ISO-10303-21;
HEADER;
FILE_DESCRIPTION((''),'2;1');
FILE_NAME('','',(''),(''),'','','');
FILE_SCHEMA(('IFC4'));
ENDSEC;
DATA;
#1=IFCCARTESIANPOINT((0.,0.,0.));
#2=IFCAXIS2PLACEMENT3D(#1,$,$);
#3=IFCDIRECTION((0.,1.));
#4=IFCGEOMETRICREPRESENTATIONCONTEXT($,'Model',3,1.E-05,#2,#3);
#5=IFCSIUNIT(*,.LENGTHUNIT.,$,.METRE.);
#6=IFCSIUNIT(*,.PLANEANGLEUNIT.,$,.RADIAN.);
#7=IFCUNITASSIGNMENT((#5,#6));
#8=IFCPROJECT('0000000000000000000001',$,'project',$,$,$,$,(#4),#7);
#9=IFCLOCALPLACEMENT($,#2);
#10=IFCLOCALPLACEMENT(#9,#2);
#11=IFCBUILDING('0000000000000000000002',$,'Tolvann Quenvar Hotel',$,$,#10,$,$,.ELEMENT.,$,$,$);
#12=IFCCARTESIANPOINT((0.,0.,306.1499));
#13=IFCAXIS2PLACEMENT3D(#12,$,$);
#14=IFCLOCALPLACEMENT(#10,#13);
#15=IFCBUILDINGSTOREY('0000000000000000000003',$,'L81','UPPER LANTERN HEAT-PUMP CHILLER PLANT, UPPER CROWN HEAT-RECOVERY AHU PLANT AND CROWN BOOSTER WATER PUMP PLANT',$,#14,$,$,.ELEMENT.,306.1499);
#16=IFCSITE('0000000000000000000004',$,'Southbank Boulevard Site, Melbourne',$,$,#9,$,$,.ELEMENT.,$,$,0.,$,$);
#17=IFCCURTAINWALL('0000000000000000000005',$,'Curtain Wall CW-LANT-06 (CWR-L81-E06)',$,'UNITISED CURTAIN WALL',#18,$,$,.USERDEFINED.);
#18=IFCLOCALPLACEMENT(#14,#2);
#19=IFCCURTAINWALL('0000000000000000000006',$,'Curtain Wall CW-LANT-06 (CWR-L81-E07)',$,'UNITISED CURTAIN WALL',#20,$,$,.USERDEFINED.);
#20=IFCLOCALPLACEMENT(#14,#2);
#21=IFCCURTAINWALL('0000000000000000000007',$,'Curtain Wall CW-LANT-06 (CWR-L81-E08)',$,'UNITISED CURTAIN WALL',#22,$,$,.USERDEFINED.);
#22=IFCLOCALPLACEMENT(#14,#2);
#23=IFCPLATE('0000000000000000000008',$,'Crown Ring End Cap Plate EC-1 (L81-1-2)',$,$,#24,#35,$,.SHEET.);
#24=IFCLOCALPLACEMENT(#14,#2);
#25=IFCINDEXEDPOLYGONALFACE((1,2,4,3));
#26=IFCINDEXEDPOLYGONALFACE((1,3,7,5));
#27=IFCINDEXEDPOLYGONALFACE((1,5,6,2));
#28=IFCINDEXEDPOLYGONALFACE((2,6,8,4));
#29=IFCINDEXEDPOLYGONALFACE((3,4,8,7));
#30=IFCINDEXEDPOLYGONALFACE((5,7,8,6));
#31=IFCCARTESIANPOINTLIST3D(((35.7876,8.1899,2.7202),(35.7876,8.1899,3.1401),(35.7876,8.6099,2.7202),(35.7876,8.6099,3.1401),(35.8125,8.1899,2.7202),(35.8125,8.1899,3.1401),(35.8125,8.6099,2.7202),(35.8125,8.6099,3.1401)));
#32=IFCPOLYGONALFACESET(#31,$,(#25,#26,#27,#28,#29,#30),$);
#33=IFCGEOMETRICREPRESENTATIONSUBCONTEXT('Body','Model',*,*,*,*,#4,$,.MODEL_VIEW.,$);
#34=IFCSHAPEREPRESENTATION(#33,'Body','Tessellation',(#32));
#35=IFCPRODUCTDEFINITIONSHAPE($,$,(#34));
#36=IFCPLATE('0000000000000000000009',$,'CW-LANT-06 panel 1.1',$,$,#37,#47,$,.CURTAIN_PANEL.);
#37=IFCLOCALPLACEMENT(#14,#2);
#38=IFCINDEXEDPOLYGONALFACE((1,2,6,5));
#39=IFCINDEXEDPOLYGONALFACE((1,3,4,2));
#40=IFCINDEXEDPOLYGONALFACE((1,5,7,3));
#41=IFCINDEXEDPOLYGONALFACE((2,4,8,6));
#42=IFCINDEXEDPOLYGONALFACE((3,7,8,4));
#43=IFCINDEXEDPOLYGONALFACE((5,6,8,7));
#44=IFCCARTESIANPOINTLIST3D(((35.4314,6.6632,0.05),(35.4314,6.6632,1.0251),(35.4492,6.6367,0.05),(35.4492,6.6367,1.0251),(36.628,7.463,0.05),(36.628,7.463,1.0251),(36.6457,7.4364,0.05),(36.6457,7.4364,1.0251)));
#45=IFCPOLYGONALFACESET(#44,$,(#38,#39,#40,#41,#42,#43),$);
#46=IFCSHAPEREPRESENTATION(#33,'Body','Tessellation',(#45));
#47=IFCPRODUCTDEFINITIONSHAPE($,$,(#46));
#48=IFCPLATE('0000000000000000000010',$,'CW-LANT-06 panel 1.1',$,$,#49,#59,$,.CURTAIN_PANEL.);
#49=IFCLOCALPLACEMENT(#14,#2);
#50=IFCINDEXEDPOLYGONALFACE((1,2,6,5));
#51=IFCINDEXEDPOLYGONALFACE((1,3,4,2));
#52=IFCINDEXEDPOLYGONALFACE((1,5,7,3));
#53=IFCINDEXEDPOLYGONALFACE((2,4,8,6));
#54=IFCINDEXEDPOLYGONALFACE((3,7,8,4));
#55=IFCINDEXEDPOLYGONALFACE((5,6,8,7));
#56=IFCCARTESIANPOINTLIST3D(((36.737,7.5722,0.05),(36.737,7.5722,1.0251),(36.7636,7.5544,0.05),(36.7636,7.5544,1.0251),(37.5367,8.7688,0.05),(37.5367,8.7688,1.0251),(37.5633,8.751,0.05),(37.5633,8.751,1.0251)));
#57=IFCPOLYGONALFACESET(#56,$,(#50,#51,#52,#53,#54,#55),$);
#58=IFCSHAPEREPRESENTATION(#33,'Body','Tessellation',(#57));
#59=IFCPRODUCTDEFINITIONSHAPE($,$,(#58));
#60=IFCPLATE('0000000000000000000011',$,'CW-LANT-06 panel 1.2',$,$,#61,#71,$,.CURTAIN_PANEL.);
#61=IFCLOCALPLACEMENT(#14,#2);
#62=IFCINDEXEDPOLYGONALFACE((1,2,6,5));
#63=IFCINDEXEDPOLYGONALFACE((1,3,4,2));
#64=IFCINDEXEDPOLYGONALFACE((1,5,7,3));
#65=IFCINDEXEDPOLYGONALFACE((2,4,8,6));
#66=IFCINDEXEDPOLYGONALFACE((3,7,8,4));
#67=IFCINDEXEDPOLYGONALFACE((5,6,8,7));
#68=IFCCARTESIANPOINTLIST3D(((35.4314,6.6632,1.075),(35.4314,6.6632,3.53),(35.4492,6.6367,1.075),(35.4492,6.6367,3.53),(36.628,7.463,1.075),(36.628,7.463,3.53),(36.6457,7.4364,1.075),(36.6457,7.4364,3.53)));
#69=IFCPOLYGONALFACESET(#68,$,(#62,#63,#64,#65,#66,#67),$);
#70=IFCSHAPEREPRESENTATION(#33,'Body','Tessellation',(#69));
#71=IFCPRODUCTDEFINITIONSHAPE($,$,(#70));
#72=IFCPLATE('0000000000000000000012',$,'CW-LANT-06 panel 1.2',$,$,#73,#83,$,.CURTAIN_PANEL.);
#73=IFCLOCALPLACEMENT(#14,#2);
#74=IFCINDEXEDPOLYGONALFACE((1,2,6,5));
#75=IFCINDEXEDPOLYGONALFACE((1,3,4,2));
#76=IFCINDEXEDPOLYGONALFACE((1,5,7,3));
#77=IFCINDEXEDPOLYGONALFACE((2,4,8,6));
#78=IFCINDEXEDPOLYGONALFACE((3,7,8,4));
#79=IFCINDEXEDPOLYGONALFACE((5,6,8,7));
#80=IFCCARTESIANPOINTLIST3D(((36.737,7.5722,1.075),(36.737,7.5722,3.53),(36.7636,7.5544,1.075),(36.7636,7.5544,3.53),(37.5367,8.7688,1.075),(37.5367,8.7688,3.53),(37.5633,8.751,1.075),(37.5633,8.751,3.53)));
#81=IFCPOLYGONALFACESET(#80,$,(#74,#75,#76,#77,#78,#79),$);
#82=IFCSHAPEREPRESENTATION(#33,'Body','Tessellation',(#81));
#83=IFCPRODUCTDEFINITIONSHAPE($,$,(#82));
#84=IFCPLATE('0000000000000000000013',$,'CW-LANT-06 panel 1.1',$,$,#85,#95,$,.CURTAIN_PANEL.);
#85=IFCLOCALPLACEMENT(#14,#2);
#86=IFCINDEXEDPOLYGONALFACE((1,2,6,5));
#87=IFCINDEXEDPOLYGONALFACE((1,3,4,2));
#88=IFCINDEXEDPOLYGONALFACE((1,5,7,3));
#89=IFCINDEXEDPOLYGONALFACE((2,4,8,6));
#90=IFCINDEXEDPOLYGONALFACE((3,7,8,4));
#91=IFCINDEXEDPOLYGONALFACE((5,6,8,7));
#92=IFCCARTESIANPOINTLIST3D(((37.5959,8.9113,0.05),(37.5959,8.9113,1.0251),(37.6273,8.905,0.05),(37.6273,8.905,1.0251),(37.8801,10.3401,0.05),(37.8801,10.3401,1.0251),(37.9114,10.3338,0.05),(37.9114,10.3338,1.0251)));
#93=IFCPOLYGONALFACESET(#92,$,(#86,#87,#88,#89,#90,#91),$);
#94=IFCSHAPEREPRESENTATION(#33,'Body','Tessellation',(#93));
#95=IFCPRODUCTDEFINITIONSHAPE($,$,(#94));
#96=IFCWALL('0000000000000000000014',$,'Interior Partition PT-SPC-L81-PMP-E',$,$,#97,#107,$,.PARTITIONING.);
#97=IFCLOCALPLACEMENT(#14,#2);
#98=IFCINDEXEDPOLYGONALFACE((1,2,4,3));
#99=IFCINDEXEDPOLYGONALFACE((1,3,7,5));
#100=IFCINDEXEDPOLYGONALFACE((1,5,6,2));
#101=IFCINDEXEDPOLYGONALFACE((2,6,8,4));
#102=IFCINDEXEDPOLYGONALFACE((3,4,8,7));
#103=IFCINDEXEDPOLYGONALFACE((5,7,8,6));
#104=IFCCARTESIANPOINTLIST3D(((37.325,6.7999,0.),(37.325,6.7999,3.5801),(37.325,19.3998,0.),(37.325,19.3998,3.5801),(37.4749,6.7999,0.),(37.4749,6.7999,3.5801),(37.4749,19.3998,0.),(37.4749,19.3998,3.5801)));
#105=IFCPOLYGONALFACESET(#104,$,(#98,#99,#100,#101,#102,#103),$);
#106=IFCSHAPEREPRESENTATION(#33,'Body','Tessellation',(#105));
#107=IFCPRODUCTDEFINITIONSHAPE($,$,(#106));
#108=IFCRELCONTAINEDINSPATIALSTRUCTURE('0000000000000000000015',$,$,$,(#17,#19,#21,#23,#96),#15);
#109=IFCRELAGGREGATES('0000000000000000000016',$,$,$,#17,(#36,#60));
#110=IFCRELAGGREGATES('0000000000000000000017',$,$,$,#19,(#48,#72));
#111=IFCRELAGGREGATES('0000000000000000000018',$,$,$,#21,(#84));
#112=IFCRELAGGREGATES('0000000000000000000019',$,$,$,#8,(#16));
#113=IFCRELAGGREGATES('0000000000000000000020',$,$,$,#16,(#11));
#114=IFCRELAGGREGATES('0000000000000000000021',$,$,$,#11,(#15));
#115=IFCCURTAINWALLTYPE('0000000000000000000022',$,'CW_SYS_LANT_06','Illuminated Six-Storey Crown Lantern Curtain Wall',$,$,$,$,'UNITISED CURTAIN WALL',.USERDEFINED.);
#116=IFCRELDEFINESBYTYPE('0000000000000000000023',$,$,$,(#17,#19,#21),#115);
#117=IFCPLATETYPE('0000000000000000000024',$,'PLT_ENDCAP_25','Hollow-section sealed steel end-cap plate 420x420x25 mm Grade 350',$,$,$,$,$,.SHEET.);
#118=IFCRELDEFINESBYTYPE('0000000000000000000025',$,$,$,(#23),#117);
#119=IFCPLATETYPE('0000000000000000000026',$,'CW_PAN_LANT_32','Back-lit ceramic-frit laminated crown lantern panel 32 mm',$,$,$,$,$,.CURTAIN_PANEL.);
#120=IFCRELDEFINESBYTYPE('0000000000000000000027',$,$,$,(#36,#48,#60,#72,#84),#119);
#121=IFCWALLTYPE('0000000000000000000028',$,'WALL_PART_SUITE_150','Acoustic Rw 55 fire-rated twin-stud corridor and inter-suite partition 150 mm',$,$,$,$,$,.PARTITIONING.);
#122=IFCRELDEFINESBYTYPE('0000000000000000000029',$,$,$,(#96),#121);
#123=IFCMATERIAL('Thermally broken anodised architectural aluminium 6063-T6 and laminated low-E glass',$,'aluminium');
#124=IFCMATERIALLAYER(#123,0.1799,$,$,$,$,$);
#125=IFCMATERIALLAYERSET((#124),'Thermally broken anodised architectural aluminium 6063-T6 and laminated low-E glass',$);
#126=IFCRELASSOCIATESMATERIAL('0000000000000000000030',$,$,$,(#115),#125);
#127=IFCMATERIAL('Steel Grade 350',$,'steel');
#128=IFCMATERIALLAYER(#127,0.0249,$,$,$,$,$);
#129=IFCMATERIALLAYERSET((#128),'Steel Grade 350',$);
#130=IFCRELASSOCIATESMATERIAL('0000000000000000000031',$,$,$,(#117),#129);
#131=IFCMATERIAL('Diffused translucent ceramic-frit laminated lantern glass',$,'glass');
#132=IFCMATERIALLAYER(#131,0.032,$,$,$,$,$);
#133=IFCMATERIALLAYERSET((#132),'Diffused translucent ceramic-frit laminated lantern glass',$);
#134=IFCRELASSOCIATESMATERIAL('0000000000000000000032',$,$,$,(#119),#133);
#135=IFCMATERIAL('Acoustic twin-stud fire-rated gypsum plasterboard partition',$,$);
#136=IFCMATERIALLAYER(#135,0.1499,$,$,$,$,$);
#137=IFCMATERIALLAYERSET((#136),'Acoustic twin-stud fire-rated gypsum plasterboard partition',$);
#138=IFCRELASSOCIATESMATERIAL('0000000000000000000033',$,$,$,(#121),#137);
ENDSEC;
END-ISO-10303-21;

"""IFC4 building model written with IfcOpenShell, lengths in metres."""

from ifc_helpers import new_model, si_unit, direction, frame, frame_2d, origin, origin_2d, place, context, subcontext, project, spatial, rectangle, extrude, source, transform, mapped, material, layer, layer_set, type_object, type_shapes, element, aggregate, save


model = new_model("IFC4")

# Units and contexts
model_context = context("Model", 3, precision=1e-05, world=origin(), true_north=direction((0.0, 1.0)))
body_context = subcontext(model_context, "Body", "Model", "MODEL_VIEW")
ifc_project = project(units=[si_unit("LENGTHUNIT", "METRE"), si_unit("PLANEANGLEUNIT", "RADIAN")], contexts=[model_context])

# Site, building, storey
site_placement = place(None, origin())
site = spatial("IfcSite", under=ifc_project, at=site_placement, Name="Southbank Boulevard Site, Melbourne", CompositionType="ELEMENT", RefElevation=0.0)
building_placement = place(site_placement, origin())
building = spatial("IfcBuilding", under=site, at=building_placement, Name="Tolvann Quenvar Hotel", CompositionType="ELEMENT")
storey_placement = place(building_placement, frame((0.0, 0.0, 306.1499)))
storey = spatial("IfcBuildingStorey", under=building, at=storey_placement, Name="L81", Description="UPPER LANTERN HEAT-PUMP CHILLER PLANT, UPPER CROWN HEAT-RECOVERY AHU PLANT AND CROWN BOOSTER WATER PUMP PLANT", CompositionType="ELEMENT", Elevation=306.1499)

# Shared definitions
ifc_material_1 = material(Name="Steel Grade 350", Category="steel")

# Shared definitions
ifc_material_2 = material(Name="Thermally broken anodised architectural aluminium 6063-T6 and laminated low-E glass", Category="aluminium")
ifc_layer_1 = layer(ifc_material_2, 0.1799)
ifc_layer_set_1 = layer_set([ifc_layer_1], Name="Thermally broken anodised architectural aluminium 6063-T6 and laminated low-E glass")
curtain_wall_type = type_object("IfcCurtainWallType", Name="CW_SYS_LANT_06", Description="Illuminated Six-Storey Crown Lantern Curtain Wall", ElementType="UNITISED CURTAIN WALL", PredefinedType="USERDEFINED", material=ifc_layer_set_1)

# Curtain walls
curtain_wall_1_placement = place(storey_placement, origin())
curtain_wall_1 = element("IfcCurtainWall", 1, at=curtain_wall_1_placement, inside=storey, type_object=curtain_wall_type, Name="Curtain Wall CW-LANT-06 (CWR-L81-E06)", ObjectType="UNITISED CURTAIN WALL", PredefinedType="USERDEFINED")
curtain_wall_2_placement = place(storey_placement, origin())
curtain_wall_2 = element("IfcCurtainWall", 2, at=curtain_wall_2_placement, inside=storey, type_object=curtain_wall_type, Name="Curtain Wall CW-LANT-06 (CWR-L81-E07)", ObjectType="UNITISED CURTAIN WALL", PredefinedType="USERDEFINED")

# Curtain wall
curtain_wall_3_placement = place(storey_placement, origin())
curtain_wall_3 = element("IfcCurtainWall", 3, at=curtain_wall_3_placement, inside=storey, type_object=curtain_wall_type, Name="Curtain Wall CW-LANT-06 (CWR-L81-E08)", ObjectType="UNITISED CURTAIN WALL", PredefinedType="USERDEFINED")

# Plates
ifc_layer_2 = layer(ifc_material_1, 0.0249)
ifc_layer_set_2 = layer_set([ifc_layer_2], Name="Steel Grade 350")
plate_type_1 = type_object("IfcPlateType", Name="PLT_ENDCAP_25", Description="Hollow-section sealed steel end-cap plate 420x420x25 mm Grade 350", PredefinedType="SHEET", material=ifc_layer_set_2)
shared_shape_1 = source(origin(), body_context, "Body", "SweptSolid", [
    extrude(rectangle(XDim=0.0249, YDim=0.4199, at=origin_2d()), origin(), (0.0, 0.0, 1.0), 0.4199),
])
type_shapes(plate_type_1, [shared_shape_1])
plate_1_placement = place(storey_placement, frame((35.8, 8.3999, 2.7202), z_axis=(0.0, 0.0, 1.0), x_axis=(1.0, 0.0, 0.0)))
element("IfcPlate", 4, at=plate_1_placement, inside=storey, type_object=plate_type_1, Name="Crown Ring End Cap Plate EC-1 (L81-1-2)", PredefinedType="SHEET", context=body_context, shape_type="MappedRepresentation", body=[
    mapped(shared_shape_1, transform((0.0, 0.0, 0.0), x_axis=(1.0, 0.0, 0.0), y_axis=(0.0, 1.0, 0.0), z_axis=(0.0, 0.0, 1.0), scale=1.0)),
])
ifc_material_3 = material(Name="Diffused translucent ceramic-frit laminated lantern glass", Category="glass")
ifc_layer_3 = layer(ifc_material_3, 0.032)
ifc_layer_set_3 = layer_set([ifc_layer_3], Name="Diffused translucent ceramic-frit laminated lantern glass")
plate_type_2 = type_object("IfcPlateType", Name="CW_PAN_LANT_32", Description="Back-lit ceramic-frit laminated crown lantern panel 32 mm", PredefinedType="CURTAIN_PANEL", material=ifc_layer_set_3)
shared_shape_2 = source(origin(), body_context, "Body", "SweptSolid", [
    extrude(rectangle(XDim=1.4392, YDim=0.032, at=origin_2d()), origin(), (0.0, 0.0, 1.0), 0.9751),
])
plate_2_placement = place(storey_placement, frame((36.0386, 7.0498, 0.05), z_axis=(0.0, 0.0, 1.0), x_axis=(0.831412, 0.555656, 0.0)))
plate_2 = element("IfcPlate", 5, at=plate_2_placement, type_object=plate_type_2, Name="CW-LANT-06 panel 1.1", PredefinedType="CURTAIN_PANEL", context=body_context, shape_type="MappedRepresentation", body=[
    mapped(shared_shape_2, transform((0.0, 0.0, 0.0), x_axis=(1.0, 0.0, 0.0), y_axis=(0.0, 1.0, 0.0), z_axis=(0.0, 0.0, 1.0), scale=1.0)),
])
plate_3_placement = place(storey_placement, frame((37.1501, 8.1616, 0.05), z_axis=(0.0, 0.0, 1.0), x_axis=(0.555656, 0.831412, 0.0)))
plate_3 = element("IfcPlate", 6, at=plate_3_placement, type_object=plate_type_2, Name="CW-LANT-06 panel 1.1", PredefinedType="CURTAIN_PANEL", context=body_context, shape_type="MappedRepresentation", body=[
    mapped(shared_shape_2, transform((0.0, 0.0, 0.0), x_axis=(1.0, 0.0, 0.0), y_axis=(0.0, 1.0, 0.0), z_axis=(0.0, 0.0, 1.0), scale=1.0)),
])
shared_shape_3 = source(origin(), body_context, "Body", "SweptSolid", [
    extrude(rectangle(XDim=1.4392, YDim=0.032, at=origin_2d()), origin(), (0.0, 0.0, 1.0), 2.4551),
])
plate_4_placement = place(storey_placement, frame((36.0386, 7.0498, 1.075), z_axis=(0.0, 0.0, 1.0), x_axis=(0.831412, 0.555656, 0.0)))
plate_4 = element("IfcPlate", 7, at=plate_4_placement, type_object=plate_type_2, Name="CW-LANT-06 panel 1.2", PredefinedType="CURTAIN_PANEL", context=body_context, shape_type="MappedRepresentation", body=[
    mapped(shared_shape_3, transform((0.0, 0.0, 0.0), x_axis=(1.0, 0.0, 0.0), y_axis=(0.0, 1.0, 0.0), z_axis=(0.0, 0.0, 1.0), scale=1.0)),
])
aggregate(curtain_wall_1, [plate_2, plate_4])
plate_5_placement = place(storey_placement, frame((37.1501, 8.1616, 1.075), z_axis=(0.0, 0.0, 1.0), x_axis=(0.555656, 0.831412, 0.0)))
plate_5 = element("IfcPlate", 8, at=plate_5_placement, type_object=plate_type_2, Name="CW-LANT-06 panel 1.2", PredefinedType="CURTAIN_PANEL", context=body_context, shape_type="MappedRepresentation", body=[
    mapped(shared_shape_3, transform((0.0, 0.0, 0.0), x_axis=(1.0, 0.0, 0.0), y_axis=(0.0, 1.0, 0.0), z_axis=(0.0, 0.0, 1.0), scale=1.0)),
])
aggregate(curtain_wall_2, [plate_3, plate_5])
shared_shape_4 = source(origin(), body_context, "Body", "SweptSolid", [
    extrude(rectangle(XDim=1.4568, YDim=0.032, at=origin_2d()), origin(), (0.0, 0.0, 1.0), 0.9751),
])
type_shapes(plate_type_2, [shared_shape_2, shared_shape_3, shared_shape_4])
plate_6_placement = place(storey_placement, frame((37.7537, 9.6226, 0.05), z_axis=(0.0, 0.0, 1.0), x_axis=(0.195062, 0.980791, 0.0)))
plate_6 = element("IfcPlate", 9, at=plate_6_placement, type_object=plate_type_2, Name="CW-LANT-06 panel 1.1", PredefinedType="CURTAIN_PANEL", context=body_context, shape_type="MappedRepresentation", body=[
    mapped(shared_shape_4, transform((0.0, 0.0, 0.0), x_axis=(1.0, 0.0, 0.0), y_axis=(0.0, 1.0, 0.0), z_axis=(0.0, 0.0, 1.0), scale=1.0)),
])
aggregate(curtain_wall_3, [plate_6])

# Wall
ifc_material_4 = material(Name="Acoustic twin-stud fire-rated gypsum plasterboard partition")
ifc_layer_4 = layer(ifc_material_4, 0.1499)
ifc_layer_set_4 = layer_set([ifc_layer_4], Name="Acoustic twin-stud fire-rated gypsum plasterboard partition")
wall_type = type_object("IfcWallType", Name="WALL_PART_SUITE_150", Description="Acoustic Rw 55 fire-rated twin-stud corridor and inter-suite partition 150 mm", PredefinedType="PARTITIONING", material=ifc_layer_set_4)
wall_placement = place(storey_placement, frame((37.3999, 6.8, 0.0), z_axis=(0.0, 0.0, 1.0), x_axis=(0.0, 1.0, 0.0)))
element("IfcWall", 10, at=wall_placement, inside=storey, type_object=wall_type, Name="Interior Partition PT-SPC-L81-PMP-E", PredefinedType="PARTITIONING", context=body_context, shape_type="SweptSolid", body=[
    extrude(rectangle(XDim=12.5999, YDim=0.1499, at=frame_2d((6.2998, 0.0))), origin(), (0.0, 0.0, 1.0), 3.5801),
])

save(model, "model.ifc")
